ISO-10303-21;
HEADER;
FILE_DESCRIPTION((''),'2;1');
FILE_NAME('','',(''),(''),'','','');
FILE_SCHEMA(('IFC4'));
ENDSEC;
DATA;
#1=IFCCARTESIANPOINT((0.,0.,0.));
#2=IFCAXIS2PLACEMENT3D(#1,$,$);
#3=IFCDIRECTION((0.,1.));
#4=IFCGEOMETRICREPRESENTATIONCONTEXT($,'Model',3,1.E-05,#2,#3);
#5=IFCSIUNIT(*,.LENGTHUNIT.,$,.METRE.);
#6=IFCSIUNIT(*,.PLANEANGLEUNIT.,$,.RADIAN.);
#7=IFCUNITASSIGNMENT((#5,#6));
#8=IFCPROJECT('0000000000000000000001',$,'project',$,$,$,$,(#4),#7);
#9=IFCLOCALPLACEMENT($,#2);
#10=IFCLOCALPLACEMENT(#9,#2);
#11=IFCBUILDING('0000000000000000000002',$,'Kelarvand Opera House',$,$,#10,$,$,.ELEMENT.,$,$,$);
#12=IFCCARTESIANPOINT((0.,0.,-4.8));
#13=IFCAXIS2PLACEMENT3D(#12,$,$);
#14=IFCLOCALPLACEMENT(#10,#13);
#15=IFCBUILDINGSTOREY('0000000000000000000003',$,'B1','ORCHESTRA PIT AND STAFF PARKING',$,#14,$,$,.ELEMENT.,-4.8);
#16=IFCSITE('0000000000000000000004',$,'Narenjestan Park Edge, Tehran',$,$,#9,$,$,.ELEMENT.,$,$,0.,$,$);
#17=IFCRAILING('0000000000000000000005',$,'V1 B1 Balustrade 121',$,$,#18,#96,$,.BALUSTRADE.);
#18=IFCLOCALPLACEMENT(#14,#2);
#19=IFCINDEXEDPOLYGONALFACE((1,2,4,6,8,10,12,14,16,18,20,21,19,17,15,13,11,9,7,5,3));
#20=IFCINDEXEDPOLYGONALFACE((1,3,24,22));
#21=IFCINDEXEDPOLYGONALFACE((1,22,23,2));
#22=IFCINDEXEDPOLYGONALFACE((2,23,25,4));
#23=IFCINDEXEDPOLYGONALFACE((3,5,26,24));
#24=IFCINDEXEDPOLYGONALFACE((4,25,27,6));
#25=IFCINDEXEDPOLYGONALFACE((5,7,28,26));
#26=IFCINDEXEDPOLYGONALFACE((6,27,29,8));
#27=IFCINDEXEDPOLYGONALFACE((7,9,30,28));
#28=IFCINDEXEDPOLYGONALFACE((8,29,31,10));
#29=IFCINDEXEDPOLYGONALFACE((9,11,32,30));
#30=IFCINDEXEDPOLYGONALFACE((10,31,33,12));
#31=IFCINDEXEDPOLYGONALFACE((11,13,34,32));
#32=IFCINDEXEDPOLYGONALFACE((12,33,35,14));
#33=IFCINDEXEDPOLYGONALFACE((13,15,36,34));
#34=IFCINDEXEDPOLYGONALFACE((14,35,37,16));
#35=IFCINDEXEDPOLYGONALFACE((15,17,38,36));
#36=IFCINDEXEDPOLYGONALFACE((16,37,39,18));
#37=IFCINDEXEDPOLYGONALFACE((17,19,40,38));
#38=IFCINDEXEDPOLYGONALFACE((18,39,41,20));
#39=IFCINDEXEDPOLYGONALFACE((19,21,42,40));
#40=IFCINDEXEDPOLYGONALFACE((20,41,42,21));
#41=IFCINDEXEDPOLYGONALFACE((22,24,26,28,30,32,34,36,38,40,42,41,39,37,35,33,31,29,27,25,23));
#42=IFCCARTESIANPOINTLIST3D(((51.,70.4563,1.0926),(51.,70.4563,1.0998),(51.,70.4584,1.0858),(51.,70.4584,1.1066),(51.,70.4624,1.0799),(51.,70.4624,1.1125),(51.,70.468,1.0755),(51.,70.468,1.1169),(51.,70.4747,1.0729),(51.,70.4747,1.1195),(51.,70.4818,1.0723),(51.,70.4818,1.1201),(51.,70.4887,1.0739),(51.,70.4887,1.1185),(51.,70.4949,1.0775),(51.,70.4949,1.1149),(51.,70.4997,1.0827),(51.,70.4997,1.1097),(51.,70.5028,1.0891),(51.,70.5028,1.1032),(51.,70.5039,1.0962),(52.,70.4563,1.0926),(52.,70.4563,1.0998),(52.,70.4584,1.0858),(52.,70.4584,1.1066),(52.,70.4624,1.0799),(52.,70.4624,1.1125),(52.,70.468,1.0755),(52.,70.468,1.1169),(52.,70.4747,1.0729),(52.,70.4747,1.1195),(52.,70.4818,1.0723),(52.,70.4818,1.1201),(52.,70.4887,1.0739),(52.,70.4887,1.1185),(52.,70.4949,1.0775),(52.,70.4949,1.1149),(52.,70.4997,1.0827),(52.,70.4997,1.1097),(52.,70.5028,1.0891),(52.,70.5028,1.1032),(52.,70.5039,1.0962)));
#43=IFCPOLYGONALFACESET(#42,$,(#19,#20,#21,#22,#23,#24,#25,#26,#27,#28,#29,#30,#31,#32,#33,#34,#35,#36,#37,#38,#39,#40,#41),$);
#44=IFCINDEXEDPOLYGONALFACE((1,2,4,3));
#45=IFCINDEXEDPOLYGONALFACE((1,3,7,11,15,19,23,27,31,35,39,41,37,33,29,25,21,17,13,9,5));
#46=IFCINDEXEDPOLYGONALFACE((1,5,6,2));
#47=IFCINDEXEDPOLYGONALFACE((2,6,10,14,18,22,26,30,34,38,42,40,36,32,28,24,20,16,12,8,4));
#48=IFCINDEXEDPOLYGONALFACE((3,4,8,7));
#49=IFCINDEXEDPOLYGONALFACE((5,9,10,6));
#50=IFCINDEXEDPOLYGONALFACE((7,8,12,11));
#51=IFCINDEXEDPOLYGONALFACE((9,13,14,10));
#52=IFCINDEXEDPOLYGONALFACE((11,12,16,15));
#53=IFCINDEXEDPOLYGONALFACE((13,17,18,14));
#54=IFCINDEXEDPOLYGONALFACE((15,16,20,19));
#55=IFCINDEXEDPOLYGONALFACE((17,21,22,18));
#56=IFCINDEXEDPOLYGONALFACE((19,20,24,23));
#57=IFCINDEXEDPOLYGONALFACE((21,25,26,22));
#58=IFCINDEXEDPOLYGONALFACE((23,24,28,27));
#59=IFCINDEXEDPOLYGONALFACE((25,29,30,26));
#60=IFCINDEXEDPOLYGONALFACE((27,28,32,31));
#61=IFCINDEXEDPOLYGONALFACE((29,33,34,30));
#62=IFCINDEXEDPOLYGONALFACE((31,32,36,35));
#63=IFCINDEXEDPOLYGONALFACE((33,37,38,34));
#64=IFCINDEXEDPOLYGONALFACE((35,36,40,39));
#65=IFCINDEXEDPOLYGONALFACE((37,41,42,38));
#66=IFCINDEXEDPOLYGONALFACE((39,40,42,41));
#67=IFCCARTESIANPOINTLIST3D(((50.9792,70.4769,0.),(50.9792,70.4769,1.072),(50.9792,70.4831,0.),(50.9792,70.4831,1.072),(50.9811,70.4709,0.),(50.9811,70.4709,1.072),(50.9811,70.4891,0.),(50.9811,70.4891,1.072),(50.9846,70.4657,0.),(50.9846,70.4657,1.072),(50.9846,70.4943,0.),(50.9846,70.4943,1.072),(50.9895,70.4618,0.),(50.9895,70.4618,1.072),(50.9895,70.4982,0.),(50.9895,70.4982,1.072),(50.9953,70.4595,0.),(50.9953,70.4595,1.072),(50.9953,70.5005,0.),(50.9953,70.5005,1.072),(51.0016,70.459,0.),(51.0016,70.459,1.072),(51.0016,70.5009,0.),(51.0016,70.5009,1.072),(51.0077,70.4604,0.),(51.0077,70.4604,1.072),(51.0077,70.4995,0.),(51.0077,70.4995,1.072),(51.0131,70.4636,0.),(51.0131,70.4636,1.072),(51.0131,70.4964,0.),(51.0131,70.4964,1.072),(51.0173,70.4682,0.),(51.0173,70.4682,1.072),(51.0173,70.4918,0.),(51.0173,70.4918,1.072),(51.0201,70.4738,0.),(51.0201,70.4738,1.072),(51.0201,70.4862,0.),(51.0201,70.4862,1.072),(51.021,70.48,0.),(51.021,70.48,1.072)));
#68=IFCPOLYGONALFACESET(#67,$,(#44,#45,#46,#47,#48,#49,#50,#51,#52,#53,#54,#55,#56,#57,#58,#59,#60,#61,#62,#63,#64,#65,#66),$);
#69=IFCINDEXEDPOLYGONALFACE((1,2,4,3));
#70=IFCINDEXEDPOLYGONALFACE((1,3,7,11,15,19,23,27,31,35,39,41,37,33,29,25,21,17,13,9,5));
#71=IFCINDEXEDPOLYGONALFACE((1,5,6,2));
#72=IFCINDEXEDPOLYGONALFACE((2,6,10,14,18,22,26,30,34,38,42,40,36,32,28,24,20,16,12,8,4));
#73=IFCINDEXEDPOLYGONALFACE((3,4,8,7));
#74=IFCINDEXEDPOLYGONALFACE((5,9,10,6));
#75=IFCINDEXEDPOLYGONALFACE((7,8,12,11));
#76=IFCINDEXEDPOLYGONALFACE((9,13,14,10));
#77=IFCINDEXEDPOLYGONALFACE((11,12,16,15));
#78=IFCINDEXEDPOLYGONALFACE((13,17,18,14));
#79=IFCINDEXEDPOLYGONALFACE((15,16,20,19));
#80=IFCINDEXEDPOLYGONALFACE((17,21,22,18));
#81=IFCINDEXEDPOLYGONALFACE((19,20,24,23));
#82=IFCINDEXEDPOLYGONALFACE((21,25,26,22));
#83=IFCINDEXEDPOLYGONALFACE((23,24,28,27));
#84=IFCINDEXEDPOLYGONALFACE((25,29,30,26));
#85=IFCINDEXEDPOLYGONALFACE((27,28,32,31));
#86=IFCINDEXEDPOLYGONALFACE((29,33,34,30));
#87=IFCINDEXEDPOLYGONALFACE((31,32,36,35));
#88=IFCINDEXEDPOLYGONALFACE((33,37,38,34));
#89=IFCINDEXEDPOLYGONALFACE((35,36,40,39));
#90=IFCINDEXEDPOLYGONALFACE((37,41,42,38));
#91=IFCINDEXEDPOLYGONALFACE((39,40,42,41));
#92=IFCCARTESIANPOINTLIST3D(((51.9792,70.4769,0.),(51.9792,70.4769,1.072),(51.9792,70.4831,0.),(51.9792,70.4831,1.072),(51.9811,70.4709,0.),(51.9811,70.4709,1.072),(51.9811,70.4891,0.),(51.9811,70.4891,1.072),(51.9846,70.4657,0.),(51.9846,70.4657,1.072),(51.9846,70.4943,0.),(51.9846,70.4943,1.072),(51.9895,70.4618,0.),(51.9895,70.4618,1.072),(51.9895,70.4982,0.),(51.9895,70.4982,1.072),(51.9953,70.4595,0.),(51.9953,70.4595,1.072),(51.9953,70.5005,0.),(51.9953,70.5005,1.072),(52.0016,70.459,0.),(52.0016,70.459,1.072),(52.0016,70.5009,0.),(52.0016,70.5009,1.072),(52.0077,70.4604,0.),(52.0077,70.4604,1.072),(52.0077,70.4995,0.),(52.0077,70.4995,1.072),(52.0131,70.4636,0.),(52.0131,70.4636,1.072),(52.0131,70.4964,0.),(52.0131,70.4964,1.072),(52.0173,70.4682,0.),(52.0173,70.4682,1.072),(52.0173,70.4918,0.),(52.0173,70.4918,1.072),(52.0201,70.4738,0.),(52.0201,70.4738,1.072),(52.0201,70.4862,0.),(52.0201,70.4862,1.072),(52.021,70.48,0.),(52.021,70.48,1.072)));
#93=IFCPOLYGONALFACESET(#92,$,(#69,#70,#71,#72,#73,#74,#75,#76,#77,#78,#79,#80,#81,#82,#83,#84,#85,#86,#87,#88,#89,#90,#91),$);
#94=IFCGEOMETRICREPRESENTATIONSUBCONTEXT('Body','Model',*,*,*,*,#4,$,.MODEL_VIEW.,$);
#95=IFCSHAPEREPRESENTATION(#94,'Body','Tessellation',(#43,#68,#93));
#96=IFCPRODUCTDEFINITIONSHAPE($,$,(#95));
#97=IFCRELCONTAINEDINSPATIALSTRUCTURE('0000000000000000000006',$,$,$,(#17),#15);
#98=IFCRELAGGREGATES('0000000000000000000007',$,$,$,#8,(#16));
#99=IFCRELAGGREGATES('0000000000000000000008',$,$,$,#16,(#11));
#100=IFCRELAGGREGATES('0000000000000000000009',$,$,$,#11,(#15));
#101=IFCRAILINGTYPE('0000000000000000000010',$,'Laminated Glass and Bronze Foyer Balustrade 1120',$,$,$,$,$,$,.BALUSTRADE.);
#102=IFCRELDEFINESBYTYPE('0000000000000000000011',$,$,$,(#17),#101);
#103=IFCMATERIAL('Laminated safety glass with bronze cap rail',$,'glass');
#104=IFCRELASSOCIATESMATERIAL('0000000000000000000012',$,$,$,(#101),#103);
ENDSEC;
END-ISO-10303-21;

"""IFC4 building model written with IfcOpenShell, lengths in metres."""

from ifc_helpers import new_model, si_unit, direction, frame, origin, origin_2d, place, context, subcontext, project, spatial, circle, extrude, material, type_object, element, save


model = new_model("IFC4")

# Units and contexts
model_context = context("Model", 3, precision=1e-05, world=origin(), true_north=direction((0.0, 1.0)))
body_context = subcontext(model_context, "Body", "Model", "MODEL_VIEW")
ifc_project = project(units=[si_unit("LENGTHUNIT", "METRE"), si_unit("PLANEANGLEUNIT", "RADIAN")], contexts=[model_context])

# Site, building, storey
site_placement = place(None, origin())
site = spatial("IfcSite", under=ifc_project, at=site_placement, Name="Narenjestan Park Edge, Tehran", CompositionType="ELEMENT", RefElevation=0.0)
building_placement = place(site_placement, origin())
building = spatial("IfcBuilding", under=site, at=building_placement, Name="Kelarvand Opera House", CompositionType="ELEMENT")
storey_placement = place(building_placement, frame((0.0, 0.0, -4.8)))
storey = spatial("IfcBuildingStorey", under=building, at=storey_placement, Name="B1", Description="ORCHESTRA PIT AND STAFF PARKING", CompositionType="ELEMENT", Elevation=-4.8)

# Railing
ifc_material_1 = material(Name="Laminated safety glass with bronze cap rail", Category="glass")
railing_type_1 = type_object("IfcRailingType", Name="Laminated Glass and Bronze Foyer Balustrade 1120", PredefinedType="BALUSTRADE", material=ifc_material_1)
railing_1_placement = place(storey_placement, frame((51.0, 70.48, 0.0)))
element("IfcRailing", 1, at=railing_1_placement, inside=storey, type_object=railing_type_1, Name="V1 B1 Balustrade 121", PredefinedType="BALUSTRADE", context=body_context, shape_type="SweptSolid", body=[
    extrude(circle(Radius=0.0239, at=origin_2d()), frame((0.0, 0.0, 1.0962), z_axis=(1.0, 0.0, 0.0), x_axis=(0.0, 1.0, 0.0)), (0.0, 0.0, 1.0), 1.0),
    extrude(circle(Radius=0.021, at=origin_2d()), origin(), (0.0, 0.0, 1.0), 1.072),
    extrude(circle(Radius=0.021, at=origin_2d()), frame((1.0, 0.0, 0.0)), (0.0, 0.0, 1.0), 1.072),
])

save(model, "model.ifc")
